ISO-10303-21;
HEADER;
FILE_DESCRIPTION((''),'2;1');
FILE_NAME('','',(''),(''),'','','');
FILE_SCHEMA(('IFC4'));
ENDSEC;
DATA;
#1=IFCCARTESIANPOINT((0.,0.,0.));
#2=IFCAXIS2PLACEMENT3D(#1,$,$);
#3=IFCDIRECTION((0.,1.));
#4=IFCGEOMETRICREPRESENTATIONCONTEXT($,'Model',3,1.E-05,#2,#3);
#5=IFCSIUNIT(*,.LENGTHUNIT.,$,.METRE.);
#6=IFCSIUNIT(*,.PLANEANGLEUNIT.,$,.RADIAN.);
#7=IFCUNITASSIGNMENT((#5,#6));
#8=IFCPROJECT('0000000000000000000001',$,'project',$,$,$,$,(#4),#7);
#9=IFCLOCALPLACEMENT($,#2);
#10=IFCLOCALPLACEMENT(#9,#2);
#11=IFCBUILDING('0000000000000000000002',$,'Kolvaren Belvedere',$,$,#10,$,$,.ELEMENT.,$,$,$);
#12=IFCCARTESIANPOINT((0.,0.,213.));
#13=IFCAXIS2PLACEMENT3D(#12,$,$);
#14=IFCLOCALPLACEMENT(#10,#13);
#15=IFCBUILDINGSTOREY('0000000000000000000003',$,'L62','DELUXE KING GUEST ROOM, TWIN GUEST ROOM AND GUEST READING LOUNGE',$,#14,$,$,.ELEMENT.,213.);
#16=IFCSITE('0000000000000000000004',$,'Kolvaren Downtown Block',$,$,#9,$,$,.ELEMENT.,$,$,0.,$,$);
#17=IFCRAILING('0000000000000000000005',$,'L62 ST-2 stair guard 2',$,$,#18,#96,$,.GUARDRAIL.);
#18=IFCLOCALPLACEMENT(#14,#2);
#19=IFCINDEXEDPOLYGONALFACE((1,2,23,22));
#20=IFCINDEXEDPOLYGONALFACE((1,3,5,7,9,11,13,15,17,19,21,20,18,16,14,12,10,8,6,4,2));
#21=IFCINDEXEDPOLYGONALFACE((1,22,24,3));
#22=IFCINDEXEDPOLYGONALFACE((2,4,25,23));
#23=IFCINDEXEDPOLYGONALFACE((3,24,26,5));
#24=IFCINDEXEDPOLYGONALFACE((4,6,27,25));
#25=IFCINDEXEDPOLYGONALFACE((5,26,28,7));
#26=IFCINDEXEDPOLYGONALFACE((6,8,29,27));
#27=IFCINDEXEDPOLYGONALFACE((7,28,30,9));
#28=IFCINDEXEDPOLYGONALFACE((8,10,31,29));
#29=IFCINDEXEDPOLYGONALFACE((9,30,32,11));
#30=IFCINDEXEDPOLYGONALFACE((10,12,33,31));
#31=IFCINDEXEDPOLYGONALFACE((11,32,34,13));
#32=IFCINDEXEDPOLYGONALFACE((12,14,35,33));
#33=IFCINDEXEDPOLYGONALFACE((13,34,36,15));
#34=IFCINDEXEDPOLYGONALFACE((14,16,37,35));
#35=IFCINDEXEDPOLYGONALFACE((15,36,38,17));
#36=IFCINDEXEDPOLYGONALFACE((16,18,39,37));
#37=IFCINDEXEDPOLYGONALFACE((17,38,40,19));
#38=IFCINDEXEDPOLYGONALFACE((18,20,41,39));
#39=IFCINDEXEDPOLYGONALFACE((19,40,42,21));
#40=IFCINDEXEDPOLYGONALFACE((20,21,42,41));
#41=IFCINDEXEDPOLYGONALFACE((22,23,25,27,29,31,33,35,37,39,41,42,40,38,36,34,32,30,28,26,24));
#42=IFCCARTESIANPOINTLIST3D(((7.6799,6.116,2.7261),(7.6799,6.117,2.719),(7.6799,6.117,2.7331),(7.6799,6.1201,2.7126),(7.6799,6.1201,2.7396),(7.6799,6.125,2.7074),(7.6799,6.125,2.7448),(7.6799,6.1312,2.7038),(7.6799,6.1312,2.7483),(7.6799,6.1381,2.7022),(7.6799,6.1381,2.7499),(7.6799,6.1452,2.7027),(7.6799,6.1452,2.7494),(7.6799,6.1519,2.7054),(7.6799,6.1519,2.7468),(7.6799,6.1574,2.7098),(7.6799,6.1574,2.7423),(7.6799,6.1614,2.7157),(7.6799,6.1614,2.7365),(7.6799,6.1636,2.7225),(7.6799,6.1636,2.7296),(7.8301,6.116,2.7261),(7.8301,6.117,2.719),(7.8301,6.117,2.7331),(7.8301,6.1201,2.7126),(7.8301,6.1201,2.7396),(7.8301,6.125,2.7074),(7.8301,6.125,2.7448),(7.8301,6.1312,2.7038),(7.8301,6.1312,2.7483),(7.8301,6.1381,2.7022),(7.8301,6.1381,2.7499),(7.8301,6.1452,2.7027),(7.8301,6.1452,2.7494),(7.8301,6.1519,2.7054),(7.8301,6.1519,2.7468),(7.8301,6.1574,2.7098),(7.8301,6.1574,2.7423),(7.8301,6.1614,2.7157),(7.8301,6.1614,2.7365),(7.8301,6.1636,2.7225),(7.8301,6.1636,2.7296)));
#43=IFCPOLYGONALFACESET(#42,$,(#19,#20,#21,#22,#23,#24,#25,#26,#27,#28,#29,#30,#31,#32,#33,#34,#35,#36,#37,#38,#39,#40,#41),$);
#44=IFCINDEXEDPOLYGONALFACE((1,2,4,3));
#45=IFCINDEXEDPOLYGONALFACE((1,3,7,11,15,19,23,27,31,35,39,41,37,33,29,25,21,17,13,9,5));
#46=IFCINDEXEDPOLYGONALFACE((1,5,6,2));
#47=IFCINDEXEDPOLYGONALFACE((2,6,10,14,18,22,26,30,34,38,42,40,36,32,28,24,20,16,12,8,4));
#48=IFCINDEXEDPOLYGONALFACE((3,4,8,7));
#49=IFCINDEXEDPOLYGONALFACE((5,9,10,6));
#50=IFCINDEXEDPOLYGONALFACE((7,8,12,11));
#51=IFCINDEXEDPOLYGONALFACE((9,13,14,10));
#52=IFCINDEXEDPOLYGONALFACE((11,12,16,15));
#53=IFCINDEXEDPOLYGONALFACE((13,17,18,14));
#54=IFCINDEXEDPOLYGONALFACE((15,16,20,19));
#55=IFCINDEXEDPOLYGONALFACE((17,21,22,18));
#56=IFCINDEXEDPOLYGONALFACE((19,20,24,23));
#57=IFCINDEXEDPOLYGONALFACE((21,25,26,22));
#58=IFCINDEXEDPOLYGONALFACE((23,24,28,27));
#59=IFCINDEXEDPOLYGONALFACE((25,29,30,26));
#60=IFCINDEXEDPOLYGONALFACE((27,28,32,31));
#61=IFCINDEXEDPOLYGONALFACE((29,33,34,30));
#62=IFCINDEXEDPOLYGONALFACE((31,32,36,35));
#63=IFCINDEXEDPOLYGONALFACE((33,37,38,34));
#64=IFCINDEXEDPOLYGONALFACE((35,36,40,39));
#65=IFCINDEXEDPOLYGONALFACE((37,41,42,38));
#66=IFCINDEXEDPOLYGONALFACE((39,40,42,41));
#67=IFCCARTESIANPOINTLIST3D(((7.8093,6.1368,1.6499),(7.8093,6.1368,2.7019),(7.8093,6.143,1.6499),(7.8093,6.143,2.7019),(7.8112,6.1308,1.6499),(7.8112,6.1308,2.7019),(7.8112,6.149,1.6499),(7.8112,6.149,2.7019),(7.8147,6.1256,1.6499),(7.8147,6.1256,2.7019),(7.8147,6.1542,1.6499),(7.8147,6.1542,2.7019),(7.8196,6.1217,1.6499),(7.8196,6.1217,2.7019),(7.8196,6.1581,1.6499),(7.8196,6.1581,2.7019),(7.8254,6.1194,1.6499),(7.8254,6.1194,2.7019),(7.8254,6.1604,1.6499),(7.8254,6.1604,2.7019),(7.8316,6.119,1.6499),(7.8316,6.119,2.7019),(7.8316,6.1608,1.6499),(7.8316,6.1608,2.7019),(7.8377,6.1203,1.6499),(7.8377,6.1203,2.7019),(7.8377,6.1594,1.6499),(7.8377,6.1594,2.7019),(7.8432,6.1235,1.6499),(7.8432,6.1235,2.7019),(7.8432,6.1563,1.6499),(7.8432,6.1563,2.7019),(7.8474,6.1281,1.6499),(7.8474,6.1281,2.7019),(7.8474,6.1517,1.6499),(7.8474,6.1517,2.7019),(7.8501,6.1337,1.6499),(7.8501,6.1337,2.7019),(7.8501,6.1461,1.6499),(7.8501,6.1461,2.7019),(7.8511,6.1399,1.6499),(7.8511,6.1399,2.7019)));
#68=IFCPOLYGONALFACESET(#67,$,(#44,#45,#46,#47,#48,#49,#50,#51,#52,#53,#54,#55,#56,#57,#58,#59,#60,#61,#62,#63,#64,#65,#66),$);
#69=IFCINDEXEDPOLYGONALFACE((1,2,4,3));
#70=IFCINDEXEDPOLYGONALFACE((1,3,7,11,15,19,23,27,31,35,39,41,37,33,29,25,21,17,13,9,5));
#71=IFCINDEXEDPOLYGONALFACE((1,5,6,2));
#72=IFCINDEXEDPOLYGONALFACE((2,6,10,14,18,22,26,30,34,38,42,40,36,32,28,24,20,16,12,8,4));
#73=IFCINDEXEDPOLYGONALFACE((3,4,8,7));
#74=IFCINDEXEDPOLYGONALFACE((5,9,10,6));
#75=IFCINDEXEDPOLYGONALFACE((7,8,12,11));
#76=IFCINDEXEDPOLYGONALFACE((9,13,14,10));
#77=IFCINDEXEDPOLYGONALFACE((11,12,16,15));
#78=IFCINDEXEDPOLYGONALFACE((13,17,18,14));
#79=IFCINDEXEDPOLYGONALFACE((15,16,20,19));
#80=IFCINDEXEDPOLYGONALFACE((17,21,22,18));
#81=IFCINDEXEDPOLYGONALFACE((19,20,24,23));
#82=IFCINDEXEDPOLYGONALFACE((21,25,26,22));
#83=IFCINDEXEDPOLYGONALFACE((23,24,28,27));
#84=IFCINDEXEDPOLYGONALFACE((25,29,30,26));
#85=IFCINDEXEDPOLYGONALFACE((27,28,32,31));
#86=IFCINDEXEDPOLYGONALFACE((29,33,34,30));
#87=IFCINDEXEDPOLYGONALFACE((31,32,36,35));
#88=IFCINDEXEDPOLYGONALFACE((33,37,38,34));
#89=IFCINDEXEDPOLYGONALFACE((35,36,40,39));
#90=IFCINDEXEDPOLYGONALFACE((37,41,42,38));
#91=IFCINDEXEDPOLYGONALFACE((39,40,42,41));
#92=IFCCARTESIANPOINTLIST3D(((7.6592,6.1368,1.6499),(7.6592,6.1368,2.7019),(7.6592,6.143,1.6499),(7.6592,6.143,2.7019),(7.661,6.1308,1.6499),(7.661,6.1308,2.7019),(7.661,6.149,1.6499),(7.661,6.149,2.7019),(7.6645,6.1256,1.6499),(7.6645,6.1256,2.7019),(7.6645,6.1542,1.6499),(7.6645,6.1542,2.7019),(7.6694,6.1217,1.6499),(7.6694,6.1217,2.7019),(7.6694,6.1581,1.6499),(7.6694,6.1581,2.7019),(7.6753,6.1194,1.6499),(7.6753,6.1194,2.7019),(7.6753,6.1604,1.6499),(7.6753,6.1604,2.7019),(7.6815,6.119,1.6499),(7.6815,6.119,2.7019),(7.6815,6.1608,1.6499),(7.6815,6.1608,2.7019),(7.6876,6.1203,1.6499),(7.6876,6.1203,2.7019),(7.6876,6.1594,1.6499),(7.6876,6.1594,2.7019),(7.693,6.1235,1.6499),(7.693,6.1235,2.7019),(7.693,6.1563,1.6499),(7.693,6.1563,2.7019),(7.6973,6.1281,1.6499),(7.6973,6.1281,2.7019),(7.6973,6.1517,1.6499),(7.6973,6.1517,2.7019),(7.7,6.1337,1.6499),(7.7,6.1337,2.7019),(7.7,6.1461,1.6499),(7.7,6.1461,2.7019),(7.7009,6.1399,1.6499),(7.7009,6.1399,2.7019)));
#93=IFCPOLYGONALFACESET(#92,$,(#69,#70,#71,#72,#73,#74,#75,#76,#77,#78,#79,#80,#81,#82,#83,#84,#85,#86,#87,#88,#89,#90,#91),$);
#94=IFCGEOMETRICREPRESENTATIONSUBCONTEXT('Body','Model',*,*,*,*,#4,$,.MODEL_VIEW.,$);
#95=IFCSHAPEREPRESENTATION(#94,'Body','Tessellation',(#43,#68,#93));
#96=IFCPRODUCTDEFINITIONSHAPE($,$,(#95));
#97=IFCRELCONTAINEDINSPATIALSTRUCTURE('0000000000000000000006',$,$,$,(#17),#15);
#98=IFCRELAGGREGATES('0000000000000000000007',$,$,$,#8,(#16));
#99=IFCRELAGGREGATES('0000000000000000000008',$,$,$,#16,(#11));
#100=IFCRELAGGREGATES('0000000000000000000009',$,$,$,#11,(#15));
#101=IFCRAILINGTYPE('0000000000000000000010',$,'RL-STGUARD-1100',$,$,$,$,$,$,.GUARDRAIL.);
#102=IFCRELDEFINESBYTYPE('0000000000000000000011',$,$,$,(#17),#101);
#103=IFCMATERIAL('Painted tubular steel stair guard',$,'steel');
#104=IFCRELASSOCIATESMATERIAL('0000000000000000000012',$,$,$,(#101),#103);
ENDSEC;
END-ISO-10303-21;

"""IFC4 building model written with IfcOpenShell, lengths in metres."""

from ifc_helpers import new_model, si_unit, direction, frame, origin, origin_2d, place, context, subcontext, project, spatial, circle, extrude, material, type_object, element, save


model = new_model("IFC4")

# Units and contexts
model_context = context("Model", 3, precision=1e-05, world=origin(), true_north=direction((0.0, 1.0)))
body_context = subcontext(model_context, "Body", "Model", "MODEL_VIEW")
ifc_project = project(units=[si_unit("LENGTHUNIT", "METRE"), si_unit("PLANEANGLEUNIT", "RADIAN")], contexts=[model_context])

# Site, building, storey
site_placement = place(None, origin())
site = spatial("IfcSite", under=ifc_project, at=site_placement, Name="Kolvaren Downtown Block", CompositionType="ELEMENT", RefElevation=0.0)
building_placement = place(site_placement, origin())
building = spatial("IfcBuilding", under=site, at=building_placement, Name="Kolvaren Belvedere", CompositionType="ELEMENT")
storey_placement = place(building_placement, frame((0.0, 0.0, 213.0)))
storey = spatial("IfcBuildingStorey", under=building, at=storey_placement, Name="L62", Description="DELUXE KING GUEST ROOM, TWIN GUEST ROOM AND GUEST READING LOUNGE", CompositionType="ELEMENT", Elevation=213.0)

# Railing
ifc_material_1 = material(Name="Painted tubular steel stair guard", Category="steel")
railing_type_1 = type_object("IfcRailingType", Name="RL-STGUARD-1100", PredefinedType="GUARDRAIL", material=ifc_material_1)
railing_1_placement = place(storey_placement, frame((7.8301, 6.1399, 1.6499)))
element("IfcRailing", 1, at=railing_1_placement, inside=storey, type_object=railing_type_1, Name="L62 ST-2 stair guard 2", PredefinedType="GUARDRAIL", context=body_context, shape_type="SweptSolid", body=[
    extrude(circle(Radius=0.0239, at=origin_2d()), frame((0.0, 0.0, 1.0762), z_axis=(-1.0, 0.0, 0.0), x_axis=(0.0, -1.0, 0.0)), (0.0, 0.0, 1.0), 0.1501),
    extrude(circle(Radius=0.021, at=origin_2d()), origin(), (0.0, 0.0, 1.0), 1.052),
    extrude(circle(Radius=0.021, at=origin_2d()), frame((-0.1501, 0.0, 0.0)), (0.0, 0.0, 1.0), 1.052),
])

save(model, "model.ifc")
